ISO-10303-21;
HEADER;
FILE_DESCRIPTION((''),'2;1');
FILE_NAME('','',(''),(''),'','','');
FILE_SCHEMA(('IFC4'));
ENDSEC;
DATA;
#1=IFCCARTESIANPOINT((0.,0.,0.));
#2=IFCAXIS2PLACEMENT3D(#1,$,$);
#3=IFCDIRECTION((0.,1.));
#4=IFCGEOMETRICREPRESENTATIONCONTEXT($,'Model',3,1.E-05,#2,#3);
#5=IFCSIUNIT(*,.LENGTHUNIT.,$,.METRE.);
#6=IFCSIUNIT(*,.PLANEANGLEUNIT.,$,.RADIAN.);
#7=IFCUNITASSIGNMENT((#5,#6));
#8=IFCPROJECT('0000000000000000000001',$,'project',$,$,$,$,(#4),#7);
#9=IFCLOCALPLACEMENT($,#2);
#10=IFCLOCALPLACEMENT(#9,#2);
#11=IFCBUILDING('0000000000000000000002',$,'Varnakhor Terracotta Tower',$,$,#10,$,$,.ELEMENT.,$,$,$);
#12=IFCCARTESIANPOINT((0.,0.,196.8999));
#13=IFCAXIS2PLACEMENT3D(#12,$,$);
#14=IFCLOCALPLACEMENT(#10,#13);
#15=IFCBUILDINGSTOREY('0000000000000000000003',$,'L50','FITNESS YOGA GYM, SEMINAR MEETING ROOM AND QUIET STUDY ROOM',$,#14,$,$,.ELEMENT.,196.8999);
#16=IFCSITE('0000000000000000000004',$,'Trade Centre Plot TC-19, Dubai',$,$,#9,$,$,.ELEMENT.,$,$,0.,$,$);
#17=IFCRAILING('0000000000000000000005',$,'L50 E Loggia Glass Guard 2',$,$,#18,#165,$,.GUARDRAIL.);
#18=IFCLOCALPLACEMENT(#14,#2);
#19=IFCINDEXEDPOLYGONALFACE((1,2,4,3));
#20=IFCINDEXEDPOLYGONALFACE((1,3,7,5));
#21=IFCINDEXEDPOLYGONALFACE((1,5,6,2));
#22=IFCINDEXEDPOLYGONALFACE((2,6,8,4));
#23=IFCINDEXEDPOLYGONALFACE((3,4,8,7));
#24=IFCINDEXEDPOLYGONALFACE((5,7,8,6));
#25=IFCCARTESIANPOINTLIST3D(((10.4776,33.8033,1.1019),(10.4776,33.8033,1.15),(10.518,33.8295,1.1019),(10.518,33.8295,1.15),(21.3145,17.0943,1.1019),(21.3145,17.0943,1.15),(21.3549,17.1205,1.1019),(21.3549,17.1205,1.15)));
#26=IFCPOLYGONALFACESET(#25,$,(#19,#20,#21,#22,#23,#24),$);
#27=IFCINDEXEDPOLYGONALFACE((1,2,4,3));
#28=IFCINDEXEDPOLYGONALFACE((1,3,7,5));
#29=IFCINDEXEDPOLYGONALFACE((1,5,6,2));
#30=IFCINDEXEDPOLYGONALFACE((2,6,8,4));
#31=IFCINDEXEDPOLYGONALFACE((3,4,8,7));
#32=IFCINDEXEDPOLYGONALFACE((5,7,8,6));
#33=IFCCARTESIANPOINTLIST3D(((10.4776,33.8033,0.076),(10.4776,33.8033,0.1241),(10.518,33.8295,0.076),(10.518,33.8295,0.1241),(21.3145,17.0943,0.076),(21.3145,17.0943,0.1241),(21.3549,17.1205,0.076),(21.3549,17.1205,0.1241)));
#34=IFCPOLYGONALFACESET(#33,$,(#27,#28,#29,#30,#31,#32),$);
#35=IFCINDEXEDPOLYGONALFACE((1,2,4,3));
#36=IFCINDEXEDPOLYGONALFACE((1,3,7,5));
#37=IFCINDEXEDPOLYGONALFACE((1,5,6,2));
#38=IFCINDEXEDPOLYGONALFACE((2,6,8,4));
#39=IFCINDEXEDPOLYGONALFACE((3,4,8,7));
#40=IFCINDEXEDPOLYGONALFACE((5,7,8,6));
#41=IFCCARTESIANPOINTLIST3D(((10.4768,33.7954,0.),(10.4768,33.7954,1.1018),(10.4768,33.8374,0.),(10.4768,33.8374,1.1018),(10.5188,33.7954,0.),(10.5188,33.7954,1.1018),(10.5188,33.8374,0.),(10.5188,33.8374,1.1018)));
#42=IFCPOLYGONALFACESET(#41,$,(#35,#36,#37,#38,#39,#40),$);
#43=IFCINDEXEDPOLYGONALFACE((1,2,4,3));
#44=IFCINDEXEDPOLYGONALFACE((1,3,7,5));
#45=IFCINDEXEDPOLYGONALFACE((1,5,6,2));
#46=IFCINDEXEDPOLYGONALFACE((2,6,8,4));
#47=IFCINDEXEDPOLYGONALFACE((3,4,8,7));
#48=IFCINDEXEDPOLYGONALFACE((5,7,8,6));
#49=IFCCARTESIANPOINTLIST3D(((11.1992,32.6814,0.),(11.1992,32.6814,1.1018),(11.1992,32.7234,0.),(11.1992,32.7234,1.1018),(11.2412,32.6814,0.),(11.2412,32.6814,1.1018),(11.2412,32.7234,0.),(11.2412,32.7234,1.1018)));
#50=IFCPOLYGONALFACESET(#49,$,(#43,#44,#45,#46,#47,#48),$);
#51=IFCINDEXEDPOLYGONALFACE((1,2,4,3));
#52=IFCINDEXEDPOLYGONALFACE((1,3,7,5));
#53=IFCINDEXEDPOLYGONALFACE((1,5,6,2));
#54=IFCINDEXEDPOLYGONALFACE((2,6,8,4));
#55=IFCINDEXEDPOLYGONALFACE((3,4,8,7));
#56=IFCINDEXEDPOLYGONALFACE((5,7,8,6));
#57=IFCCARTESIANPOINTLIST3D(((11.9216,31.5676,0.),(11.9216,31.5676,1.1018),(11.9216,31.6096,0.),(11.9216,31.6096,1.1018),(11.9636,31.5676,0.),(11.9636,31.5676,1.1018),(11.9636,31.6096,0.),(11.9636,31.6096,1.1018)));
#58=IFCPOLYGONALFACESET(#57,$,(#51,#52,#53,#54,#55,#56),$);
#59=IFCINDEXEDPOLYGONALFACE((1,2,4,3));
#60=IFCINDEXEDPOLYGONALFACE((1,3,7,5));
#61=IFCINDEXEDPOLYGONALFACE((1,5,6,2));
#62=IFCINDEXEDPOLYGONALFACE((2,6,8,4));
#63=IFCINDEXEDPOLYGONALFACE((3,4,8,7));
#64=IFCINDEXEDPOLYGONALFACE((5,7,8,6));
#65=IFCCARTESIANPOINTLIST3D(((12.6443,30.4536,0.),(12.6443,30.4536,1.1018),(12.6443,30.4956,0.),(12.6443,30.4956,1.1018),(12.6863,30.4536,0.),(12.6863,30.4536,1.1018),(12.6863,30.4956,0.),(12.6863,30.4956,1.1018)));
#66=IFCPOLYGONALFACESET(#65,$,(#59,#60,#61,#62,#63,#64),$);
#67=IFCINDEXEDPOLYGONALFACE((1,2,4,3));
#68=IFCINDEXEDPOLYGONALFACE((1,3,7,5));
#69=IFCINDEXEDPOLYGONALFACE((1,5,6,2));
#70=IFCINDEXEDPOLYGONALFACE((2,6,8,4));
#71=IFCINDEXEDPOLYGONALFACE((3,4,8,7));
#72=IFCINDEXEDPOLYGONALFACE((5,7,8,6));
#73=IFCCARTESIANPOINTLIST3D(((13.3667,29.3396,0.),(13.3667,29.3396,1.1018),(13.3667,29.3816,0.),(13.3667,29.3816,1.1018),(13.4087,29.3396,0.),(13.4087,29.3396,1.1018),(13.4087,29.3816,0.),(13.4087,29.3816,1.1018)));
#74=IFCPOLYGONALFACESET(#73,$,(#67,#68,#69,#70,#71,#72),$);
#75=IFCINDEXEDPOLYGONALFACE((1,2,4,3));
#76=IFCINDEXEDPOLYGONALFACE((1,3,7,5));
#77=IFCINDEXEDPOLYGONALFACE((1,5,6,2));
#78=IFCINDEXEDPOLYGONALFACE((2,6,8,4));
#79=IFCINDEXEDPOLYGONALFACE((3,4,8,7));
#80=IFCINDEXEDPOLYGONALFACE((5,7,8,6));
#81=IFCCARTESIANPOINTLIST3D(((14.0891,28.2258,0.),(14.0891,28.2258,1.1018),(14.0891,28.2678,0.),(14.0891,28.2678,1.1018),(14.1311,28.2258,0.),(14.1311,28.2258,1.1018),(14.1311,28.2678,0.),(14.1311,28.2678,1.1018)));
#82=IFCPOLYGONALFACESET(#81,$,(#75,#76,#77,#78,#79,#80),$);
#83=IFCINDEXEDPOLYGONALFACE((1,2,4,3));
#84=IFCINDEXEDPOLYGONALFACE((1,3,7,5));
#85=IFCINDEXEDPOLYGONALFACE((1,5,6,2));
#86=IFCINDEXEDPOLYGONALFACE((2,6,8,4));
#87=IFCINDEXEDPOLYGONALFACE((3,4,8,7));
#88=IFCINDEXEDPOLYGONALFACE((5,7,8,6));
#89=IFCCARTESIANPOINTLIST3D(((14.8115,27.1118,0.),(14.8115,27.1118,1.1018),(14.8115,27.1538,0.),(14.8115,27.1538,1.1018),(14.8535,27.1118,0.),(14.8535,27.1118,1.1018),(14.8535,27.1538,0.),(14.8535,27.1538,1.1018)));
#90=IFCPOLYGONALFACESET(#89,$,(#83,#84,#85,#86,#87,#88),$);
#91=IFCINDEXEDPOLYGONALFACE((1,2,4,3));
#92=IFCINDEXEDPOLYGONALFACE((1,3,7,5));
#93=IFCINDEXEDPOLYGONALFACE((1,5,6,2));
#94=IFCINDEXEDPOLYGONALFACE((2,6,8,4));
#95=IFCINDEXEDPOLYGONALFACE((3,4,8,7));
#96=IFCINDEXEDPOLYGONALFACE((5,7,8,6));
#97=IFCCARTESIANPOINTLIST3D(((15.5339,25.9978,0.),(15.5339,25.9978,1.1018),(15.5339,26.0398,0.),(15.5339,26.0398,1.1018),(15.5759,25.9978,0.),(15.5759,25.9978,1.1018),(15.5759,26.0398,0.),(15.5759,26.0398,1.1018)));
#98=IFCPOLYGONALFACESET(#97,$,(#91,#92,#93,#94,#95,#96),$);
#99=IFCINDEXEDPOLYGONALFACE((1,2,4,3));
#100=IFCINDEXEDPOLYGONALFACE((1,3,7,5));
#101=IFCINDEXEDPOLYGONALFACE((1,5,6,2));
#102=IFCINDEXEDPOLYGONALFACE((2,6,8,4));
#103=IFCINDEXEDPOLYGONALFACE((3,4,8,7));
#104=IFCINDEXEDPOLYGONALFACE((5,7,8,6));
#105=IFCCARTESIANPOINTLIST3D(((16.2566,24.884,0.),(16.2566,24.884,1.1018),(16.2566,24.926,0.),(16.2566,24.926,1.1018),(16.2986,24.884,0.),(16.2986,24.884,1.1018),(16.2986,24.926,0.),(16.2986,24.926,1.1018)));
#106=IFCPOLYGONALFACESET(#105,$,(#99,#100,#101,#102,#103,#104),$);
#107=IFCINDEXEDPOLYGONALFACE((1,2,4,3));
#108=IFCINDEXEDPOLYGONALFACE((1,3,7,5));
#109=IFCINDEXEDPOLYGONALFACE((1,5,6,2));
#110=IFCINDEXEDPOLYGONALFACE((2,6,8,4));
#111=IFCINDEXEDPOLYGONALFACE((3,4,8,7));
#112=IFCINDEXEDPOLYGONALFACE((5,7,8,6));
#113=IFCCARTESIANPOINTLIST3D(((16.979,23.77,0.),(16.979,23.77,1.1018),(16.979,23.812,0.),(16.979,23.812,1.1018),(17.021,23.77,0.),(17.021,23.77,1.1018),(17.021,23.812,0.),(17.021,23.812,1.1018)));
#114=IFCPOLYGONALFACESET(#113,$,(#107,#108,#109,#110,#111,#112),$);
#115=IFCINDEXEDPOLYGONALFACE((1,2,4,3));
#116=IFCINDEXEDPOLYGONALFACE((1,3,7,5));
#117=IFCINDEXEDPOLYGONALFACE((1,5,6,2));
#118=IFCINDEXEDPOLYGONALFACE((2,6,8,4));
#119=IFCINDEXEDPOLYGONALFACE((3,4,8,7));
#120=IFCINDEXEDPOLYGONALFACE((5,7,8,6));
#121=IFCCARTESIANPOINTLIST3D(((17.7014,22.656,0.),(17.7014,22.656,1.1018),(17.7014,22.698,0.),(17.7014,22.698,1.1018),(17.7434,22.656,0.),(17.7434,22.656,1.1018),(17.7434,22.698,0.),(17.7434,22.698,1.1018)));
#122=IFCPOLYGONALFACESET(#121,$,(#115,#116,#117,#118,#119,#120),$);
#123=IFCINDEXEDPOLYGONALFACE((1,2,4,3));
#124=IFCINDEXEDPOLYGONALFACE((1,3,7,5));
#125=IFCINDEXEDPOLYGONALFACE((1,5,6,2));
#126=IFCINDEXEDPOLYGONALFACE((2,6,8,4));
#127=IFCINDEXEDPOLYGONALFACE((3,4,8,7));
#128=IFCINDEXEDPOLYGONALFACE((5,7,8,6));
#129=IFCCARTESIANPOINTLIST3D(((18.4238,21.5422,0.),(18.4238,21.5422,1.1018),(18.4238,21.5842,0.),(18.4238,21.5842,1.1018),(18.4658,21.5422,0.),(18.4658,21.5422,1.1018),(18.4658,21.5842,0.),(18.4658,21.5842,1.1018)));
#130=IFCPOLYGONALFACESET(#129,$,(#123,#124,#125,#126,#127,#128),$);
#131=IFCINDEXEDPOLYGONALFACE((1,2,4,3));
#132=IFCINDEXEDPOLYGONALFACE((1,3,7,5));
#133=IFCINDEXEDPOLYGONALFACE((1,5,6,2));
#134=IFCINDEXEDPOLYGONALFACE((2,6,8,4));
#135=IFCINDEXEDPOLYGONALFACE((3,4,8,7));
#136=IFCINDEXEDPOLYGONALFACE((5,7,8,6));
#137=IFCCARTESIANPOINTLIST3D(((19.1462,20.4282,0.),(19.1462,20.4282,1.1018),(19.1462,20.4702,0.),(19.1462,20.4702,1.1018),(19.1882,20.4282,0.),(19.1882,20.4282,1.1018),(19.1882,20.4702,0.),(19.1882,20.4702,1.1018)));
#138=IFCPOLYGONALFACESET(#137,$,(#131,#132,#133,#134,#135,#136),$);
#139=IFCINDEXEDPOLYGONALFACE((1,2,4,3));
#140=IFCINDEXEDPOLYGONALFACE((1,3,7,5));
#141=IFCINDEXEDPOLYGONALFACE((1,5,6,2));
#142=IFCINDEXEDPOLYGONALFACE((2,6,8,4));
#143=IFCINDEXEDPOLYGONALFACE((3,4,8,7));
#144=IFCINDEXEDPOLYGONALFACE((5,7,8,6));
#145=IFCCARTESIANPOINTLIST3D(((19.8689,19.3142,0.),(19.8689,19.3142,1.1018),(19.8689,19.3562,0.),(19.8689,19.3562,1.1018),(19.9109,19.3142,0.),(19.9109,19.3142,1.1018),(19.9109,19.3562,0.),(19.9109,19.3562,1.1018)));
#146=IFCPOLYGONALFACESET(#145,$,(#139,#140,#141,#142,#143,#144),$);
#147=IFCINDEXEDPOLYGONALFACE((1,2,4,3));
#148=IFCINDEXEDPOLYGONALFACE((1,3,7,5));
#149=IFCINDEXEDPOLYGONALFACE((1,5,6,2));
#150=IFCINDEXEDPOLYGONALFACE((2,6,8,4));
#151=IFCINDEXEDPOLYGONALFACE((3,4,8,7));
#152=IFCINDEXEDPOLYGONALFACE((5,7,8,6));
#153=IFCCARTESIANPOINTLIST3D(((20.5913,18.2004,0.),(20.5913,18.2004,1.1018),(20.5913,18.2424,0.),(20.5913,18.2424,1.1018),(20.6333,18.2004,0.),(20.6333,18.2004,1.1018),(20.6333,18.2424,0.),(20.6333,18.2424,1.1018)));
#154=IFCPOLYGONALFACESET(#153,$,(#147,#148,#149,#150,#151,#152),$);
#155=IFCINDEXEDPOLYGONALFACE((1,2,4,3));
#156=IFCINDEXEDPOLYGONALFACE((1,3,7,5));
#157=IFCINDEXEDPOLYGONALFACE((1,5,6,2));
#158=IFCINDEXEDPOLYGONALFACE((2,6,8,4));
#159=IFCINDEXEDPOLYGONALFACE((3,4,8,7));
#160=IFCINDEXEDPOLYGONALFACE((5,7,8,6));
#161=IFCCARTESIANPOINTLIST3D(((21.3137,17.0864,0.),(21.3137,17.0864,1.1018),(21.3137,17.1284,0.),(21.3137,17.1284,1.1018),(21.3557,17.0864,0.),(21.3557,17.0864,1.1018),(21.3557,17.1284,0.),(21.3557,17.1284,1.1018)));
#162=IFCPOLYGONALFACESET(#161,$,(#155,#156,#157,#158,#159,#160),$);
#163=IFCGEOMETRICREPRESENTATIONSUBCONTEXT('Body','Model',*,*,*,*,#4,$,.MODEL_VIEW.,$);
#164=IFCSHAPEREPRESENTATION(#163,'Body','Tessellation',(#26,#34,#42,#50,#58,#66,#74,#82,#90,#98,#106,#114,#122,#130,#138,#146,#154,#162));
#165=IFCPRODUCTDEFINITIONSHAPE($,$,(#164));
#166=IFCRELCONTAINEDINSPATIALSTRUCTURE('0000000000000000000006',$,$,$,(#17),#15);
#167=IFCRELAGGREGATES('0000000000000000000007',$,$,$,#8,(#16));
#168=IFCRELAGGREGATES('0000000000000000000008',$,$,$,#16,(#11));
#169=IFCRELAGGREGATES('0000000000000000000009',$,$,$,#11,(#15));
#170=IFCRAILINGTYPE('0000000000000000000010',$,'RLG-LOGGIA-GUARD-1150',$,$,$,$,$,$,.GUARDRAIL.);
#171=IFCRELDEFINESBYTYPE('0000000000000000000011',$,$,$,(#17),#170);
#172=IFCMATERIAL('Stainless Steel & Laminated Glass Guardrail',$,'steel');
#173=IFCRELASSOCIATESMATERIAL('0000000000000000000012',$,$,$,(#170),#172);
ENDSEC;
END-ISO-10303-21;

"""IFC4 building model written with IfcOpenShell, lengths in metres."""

from ifc_helpers import new_model, si_unit, direction, frame, origin, origin_2d, place, context, subcontext, project, spatial, rectangle, extrude, material, type_object, element, save


model = new_model("IFC4")

# Units and contexts
model_context = context("Model", 3, precision=1e-05, world=origin(), true_north=direction((0.0, 1.0)))
body_context = subcontext(model_context, "Body", "Model", "MODEL_VIEW")
ifc_project = project(units=[si_unit("LENGTHUNIT", "METRE"), si_unit("PLANEANGLEUNIT", "RADIAN")], contexts=[model_context])

# Site, building, storey
site_placement = place(None, origin())
site = spatial("IfcSite", under=ifc_project, at=site_placement, Name="Trade Centre Plot TC-19, Dubai", CompositionType="ELEMENT", RefElevation=0.0)
building_placement = place(site_placement, origin())
building = spatial("IfcBuilding", under=site, at=building_placement, Name="Varnakhor Terracotta Tower", CompositionType="ELEMENT")
storey_placement = place(building_placement, frame((0.0, 0.0, 196.8999)))
storey = spatial("IfcBuildingStorey", under=building, at=storey_placement, Name="L50", Description="FITNESS YOGA GYM, SEMINAR MEETING ROOM AND QUIET STUDY ROOM", CompositionType="ELEMENT", Elevation=196.8999)

# Railing
ifc_material_1 = material(Name="Stainless Steel & Laminated Glass Guardrail", Category="steel")
railing_type = type_object("IfcRailingType", Name="RLG-LOGGIA-GUARD-1150", PredefinedType="GUARDRAIL", material=ifc_material_1)
railing_1_placement = place(storey_placement, frame((10.4978, 33.8164, 0.0)))
element("IfcRailing", 1, at=railing_1_placement, inside=storey, type_object=railing_type, Name="L50 E Loggia Glass Guard 2", PredefinedType="GUARDRAIL", context=body_context, shape_type="SweptSolid", body=[
    extrude(rectangle(XDim=0.0481, YDim=0.0481, at=origin_2d()), frame((0.0, 0.0, 1.126), z_axis=(0.544144, -0.838992, 0.0), x_axis=(0.838992, 0.544144, 0.0)), (0.0, 0.0, 1.0), 19.9155),
    extrude(rectangle(XDim=0.0481, YDim=0.0481, at=origin_2d()), frame((0.0, 0.0, 0.1001), z_axis=(0.544144, -0.838992, 0.0), x_axis=(0.838992, 0.544144, 0.0)), (0.0, 0.0, 1.0), 19.9155),
    extrude(rectangle(XDim=0.042, YDim=0.042, at=origin_2d()), origin(), (0.0, 0.0, 1.0), 1.1018),
    extrude(rectangle(XDim=0.042, YDim=0.042, at=origin_2d()), frame((0.7224, -1.114, 0.0)), (0.0, 0.0, 1.0), 1.1018),
    extrude(rectangle(XDim=0.042, YDim=0.042, at=origin_2d()), frame((1.4448, -2.2278, 0.0)), (0.0, 0.0, 1.0), 1.1018),
    extrude(rectangle(XDim=0.042, YDim=0.042, at=origin_2d()), frame((2.1675, -3.3418, 0.0)), (0.0, 0.0, 1.0), 1.1018),
    extrude(rectangle(XDim=0.042, YDim=0.042, at=origin_2d()), frame((2.8899, -4.4558, 0.0)), (0.0, 0.0, 1.0), 1.1018),
    extrude(rectangle(XDim=0.042, YDim=0.042, at=origin_2d()), frame((3.6123, -5.5696, 0.0)), (0.0, 0.0, 1.0), 1.1018),
    extrude(rectangle(XDim=0.042, YDim=0.042, at=origin_2d()), frame((4.3347, -6.6836, 0.0)), (0.0, 0.0, 1.0), 1.1018),
    extrude(rectangle(XDim=0.042, YDim=0.042, at=origin_2d()), frame((5.0571, -7.7976, 0.0)), (0.0, 0.0, 1.0), 1.1018),
    extrude(rectangle(XDim=0.042, YDim=0.042, at=origin_2d()), frame((5.7798, -8.9114, 0.0)), (0.0, 0.0, 1.0), 1.1018),
    extrude(rectangle(XDim=0.042, YDim=0.042, at=origin_2d()), frame((6.5022, -10.0254, 0.0)), (0.0, 0.0, 1.0), 1.1018),
    extrude(rectangle(XDim=0.042, YDim=0.042, at=origin_2d()), frame((7.2246, -11.1394, 0.0)), (0.0, 0.0, 1.0), 1.1018),
    extrude(rectangle(XDim=0.042, YDim=0.042, at=origin_2d()), frame((7.947, -12.2532, 0.0)), (0.0, 0.0, 1.0), 1.1018),
    extrude(rectangle(XDim=0.042, YDim=0.042, at=origin_2d()), frame((8.6694, -13.3672, 0.0)), (0.0, 0.0, 1.0), 1.1018),
    extrude(rectangle(XDim=0.042, YDim=0.042, at=origin_2d()), frame((9.3921, -14.4812, 0.0)), (0.0, 0.0, 1.0), 1.1018),
    extrude(rectangle(XDim=0.042, YDim=0.042, at=origin_2d()), frame((10.1145, -15.595, 0.0)), (0.0, 0.0, 1.0), 1.1018),
    extrude(rectangle(XDim=0.042, YDim=0.042, at=origin_2d()), frame((10.8369, -16.709, 0.0)), (0.0, 0.0, 1.0), 1.1018),
])

save(model, "model.ifc")
